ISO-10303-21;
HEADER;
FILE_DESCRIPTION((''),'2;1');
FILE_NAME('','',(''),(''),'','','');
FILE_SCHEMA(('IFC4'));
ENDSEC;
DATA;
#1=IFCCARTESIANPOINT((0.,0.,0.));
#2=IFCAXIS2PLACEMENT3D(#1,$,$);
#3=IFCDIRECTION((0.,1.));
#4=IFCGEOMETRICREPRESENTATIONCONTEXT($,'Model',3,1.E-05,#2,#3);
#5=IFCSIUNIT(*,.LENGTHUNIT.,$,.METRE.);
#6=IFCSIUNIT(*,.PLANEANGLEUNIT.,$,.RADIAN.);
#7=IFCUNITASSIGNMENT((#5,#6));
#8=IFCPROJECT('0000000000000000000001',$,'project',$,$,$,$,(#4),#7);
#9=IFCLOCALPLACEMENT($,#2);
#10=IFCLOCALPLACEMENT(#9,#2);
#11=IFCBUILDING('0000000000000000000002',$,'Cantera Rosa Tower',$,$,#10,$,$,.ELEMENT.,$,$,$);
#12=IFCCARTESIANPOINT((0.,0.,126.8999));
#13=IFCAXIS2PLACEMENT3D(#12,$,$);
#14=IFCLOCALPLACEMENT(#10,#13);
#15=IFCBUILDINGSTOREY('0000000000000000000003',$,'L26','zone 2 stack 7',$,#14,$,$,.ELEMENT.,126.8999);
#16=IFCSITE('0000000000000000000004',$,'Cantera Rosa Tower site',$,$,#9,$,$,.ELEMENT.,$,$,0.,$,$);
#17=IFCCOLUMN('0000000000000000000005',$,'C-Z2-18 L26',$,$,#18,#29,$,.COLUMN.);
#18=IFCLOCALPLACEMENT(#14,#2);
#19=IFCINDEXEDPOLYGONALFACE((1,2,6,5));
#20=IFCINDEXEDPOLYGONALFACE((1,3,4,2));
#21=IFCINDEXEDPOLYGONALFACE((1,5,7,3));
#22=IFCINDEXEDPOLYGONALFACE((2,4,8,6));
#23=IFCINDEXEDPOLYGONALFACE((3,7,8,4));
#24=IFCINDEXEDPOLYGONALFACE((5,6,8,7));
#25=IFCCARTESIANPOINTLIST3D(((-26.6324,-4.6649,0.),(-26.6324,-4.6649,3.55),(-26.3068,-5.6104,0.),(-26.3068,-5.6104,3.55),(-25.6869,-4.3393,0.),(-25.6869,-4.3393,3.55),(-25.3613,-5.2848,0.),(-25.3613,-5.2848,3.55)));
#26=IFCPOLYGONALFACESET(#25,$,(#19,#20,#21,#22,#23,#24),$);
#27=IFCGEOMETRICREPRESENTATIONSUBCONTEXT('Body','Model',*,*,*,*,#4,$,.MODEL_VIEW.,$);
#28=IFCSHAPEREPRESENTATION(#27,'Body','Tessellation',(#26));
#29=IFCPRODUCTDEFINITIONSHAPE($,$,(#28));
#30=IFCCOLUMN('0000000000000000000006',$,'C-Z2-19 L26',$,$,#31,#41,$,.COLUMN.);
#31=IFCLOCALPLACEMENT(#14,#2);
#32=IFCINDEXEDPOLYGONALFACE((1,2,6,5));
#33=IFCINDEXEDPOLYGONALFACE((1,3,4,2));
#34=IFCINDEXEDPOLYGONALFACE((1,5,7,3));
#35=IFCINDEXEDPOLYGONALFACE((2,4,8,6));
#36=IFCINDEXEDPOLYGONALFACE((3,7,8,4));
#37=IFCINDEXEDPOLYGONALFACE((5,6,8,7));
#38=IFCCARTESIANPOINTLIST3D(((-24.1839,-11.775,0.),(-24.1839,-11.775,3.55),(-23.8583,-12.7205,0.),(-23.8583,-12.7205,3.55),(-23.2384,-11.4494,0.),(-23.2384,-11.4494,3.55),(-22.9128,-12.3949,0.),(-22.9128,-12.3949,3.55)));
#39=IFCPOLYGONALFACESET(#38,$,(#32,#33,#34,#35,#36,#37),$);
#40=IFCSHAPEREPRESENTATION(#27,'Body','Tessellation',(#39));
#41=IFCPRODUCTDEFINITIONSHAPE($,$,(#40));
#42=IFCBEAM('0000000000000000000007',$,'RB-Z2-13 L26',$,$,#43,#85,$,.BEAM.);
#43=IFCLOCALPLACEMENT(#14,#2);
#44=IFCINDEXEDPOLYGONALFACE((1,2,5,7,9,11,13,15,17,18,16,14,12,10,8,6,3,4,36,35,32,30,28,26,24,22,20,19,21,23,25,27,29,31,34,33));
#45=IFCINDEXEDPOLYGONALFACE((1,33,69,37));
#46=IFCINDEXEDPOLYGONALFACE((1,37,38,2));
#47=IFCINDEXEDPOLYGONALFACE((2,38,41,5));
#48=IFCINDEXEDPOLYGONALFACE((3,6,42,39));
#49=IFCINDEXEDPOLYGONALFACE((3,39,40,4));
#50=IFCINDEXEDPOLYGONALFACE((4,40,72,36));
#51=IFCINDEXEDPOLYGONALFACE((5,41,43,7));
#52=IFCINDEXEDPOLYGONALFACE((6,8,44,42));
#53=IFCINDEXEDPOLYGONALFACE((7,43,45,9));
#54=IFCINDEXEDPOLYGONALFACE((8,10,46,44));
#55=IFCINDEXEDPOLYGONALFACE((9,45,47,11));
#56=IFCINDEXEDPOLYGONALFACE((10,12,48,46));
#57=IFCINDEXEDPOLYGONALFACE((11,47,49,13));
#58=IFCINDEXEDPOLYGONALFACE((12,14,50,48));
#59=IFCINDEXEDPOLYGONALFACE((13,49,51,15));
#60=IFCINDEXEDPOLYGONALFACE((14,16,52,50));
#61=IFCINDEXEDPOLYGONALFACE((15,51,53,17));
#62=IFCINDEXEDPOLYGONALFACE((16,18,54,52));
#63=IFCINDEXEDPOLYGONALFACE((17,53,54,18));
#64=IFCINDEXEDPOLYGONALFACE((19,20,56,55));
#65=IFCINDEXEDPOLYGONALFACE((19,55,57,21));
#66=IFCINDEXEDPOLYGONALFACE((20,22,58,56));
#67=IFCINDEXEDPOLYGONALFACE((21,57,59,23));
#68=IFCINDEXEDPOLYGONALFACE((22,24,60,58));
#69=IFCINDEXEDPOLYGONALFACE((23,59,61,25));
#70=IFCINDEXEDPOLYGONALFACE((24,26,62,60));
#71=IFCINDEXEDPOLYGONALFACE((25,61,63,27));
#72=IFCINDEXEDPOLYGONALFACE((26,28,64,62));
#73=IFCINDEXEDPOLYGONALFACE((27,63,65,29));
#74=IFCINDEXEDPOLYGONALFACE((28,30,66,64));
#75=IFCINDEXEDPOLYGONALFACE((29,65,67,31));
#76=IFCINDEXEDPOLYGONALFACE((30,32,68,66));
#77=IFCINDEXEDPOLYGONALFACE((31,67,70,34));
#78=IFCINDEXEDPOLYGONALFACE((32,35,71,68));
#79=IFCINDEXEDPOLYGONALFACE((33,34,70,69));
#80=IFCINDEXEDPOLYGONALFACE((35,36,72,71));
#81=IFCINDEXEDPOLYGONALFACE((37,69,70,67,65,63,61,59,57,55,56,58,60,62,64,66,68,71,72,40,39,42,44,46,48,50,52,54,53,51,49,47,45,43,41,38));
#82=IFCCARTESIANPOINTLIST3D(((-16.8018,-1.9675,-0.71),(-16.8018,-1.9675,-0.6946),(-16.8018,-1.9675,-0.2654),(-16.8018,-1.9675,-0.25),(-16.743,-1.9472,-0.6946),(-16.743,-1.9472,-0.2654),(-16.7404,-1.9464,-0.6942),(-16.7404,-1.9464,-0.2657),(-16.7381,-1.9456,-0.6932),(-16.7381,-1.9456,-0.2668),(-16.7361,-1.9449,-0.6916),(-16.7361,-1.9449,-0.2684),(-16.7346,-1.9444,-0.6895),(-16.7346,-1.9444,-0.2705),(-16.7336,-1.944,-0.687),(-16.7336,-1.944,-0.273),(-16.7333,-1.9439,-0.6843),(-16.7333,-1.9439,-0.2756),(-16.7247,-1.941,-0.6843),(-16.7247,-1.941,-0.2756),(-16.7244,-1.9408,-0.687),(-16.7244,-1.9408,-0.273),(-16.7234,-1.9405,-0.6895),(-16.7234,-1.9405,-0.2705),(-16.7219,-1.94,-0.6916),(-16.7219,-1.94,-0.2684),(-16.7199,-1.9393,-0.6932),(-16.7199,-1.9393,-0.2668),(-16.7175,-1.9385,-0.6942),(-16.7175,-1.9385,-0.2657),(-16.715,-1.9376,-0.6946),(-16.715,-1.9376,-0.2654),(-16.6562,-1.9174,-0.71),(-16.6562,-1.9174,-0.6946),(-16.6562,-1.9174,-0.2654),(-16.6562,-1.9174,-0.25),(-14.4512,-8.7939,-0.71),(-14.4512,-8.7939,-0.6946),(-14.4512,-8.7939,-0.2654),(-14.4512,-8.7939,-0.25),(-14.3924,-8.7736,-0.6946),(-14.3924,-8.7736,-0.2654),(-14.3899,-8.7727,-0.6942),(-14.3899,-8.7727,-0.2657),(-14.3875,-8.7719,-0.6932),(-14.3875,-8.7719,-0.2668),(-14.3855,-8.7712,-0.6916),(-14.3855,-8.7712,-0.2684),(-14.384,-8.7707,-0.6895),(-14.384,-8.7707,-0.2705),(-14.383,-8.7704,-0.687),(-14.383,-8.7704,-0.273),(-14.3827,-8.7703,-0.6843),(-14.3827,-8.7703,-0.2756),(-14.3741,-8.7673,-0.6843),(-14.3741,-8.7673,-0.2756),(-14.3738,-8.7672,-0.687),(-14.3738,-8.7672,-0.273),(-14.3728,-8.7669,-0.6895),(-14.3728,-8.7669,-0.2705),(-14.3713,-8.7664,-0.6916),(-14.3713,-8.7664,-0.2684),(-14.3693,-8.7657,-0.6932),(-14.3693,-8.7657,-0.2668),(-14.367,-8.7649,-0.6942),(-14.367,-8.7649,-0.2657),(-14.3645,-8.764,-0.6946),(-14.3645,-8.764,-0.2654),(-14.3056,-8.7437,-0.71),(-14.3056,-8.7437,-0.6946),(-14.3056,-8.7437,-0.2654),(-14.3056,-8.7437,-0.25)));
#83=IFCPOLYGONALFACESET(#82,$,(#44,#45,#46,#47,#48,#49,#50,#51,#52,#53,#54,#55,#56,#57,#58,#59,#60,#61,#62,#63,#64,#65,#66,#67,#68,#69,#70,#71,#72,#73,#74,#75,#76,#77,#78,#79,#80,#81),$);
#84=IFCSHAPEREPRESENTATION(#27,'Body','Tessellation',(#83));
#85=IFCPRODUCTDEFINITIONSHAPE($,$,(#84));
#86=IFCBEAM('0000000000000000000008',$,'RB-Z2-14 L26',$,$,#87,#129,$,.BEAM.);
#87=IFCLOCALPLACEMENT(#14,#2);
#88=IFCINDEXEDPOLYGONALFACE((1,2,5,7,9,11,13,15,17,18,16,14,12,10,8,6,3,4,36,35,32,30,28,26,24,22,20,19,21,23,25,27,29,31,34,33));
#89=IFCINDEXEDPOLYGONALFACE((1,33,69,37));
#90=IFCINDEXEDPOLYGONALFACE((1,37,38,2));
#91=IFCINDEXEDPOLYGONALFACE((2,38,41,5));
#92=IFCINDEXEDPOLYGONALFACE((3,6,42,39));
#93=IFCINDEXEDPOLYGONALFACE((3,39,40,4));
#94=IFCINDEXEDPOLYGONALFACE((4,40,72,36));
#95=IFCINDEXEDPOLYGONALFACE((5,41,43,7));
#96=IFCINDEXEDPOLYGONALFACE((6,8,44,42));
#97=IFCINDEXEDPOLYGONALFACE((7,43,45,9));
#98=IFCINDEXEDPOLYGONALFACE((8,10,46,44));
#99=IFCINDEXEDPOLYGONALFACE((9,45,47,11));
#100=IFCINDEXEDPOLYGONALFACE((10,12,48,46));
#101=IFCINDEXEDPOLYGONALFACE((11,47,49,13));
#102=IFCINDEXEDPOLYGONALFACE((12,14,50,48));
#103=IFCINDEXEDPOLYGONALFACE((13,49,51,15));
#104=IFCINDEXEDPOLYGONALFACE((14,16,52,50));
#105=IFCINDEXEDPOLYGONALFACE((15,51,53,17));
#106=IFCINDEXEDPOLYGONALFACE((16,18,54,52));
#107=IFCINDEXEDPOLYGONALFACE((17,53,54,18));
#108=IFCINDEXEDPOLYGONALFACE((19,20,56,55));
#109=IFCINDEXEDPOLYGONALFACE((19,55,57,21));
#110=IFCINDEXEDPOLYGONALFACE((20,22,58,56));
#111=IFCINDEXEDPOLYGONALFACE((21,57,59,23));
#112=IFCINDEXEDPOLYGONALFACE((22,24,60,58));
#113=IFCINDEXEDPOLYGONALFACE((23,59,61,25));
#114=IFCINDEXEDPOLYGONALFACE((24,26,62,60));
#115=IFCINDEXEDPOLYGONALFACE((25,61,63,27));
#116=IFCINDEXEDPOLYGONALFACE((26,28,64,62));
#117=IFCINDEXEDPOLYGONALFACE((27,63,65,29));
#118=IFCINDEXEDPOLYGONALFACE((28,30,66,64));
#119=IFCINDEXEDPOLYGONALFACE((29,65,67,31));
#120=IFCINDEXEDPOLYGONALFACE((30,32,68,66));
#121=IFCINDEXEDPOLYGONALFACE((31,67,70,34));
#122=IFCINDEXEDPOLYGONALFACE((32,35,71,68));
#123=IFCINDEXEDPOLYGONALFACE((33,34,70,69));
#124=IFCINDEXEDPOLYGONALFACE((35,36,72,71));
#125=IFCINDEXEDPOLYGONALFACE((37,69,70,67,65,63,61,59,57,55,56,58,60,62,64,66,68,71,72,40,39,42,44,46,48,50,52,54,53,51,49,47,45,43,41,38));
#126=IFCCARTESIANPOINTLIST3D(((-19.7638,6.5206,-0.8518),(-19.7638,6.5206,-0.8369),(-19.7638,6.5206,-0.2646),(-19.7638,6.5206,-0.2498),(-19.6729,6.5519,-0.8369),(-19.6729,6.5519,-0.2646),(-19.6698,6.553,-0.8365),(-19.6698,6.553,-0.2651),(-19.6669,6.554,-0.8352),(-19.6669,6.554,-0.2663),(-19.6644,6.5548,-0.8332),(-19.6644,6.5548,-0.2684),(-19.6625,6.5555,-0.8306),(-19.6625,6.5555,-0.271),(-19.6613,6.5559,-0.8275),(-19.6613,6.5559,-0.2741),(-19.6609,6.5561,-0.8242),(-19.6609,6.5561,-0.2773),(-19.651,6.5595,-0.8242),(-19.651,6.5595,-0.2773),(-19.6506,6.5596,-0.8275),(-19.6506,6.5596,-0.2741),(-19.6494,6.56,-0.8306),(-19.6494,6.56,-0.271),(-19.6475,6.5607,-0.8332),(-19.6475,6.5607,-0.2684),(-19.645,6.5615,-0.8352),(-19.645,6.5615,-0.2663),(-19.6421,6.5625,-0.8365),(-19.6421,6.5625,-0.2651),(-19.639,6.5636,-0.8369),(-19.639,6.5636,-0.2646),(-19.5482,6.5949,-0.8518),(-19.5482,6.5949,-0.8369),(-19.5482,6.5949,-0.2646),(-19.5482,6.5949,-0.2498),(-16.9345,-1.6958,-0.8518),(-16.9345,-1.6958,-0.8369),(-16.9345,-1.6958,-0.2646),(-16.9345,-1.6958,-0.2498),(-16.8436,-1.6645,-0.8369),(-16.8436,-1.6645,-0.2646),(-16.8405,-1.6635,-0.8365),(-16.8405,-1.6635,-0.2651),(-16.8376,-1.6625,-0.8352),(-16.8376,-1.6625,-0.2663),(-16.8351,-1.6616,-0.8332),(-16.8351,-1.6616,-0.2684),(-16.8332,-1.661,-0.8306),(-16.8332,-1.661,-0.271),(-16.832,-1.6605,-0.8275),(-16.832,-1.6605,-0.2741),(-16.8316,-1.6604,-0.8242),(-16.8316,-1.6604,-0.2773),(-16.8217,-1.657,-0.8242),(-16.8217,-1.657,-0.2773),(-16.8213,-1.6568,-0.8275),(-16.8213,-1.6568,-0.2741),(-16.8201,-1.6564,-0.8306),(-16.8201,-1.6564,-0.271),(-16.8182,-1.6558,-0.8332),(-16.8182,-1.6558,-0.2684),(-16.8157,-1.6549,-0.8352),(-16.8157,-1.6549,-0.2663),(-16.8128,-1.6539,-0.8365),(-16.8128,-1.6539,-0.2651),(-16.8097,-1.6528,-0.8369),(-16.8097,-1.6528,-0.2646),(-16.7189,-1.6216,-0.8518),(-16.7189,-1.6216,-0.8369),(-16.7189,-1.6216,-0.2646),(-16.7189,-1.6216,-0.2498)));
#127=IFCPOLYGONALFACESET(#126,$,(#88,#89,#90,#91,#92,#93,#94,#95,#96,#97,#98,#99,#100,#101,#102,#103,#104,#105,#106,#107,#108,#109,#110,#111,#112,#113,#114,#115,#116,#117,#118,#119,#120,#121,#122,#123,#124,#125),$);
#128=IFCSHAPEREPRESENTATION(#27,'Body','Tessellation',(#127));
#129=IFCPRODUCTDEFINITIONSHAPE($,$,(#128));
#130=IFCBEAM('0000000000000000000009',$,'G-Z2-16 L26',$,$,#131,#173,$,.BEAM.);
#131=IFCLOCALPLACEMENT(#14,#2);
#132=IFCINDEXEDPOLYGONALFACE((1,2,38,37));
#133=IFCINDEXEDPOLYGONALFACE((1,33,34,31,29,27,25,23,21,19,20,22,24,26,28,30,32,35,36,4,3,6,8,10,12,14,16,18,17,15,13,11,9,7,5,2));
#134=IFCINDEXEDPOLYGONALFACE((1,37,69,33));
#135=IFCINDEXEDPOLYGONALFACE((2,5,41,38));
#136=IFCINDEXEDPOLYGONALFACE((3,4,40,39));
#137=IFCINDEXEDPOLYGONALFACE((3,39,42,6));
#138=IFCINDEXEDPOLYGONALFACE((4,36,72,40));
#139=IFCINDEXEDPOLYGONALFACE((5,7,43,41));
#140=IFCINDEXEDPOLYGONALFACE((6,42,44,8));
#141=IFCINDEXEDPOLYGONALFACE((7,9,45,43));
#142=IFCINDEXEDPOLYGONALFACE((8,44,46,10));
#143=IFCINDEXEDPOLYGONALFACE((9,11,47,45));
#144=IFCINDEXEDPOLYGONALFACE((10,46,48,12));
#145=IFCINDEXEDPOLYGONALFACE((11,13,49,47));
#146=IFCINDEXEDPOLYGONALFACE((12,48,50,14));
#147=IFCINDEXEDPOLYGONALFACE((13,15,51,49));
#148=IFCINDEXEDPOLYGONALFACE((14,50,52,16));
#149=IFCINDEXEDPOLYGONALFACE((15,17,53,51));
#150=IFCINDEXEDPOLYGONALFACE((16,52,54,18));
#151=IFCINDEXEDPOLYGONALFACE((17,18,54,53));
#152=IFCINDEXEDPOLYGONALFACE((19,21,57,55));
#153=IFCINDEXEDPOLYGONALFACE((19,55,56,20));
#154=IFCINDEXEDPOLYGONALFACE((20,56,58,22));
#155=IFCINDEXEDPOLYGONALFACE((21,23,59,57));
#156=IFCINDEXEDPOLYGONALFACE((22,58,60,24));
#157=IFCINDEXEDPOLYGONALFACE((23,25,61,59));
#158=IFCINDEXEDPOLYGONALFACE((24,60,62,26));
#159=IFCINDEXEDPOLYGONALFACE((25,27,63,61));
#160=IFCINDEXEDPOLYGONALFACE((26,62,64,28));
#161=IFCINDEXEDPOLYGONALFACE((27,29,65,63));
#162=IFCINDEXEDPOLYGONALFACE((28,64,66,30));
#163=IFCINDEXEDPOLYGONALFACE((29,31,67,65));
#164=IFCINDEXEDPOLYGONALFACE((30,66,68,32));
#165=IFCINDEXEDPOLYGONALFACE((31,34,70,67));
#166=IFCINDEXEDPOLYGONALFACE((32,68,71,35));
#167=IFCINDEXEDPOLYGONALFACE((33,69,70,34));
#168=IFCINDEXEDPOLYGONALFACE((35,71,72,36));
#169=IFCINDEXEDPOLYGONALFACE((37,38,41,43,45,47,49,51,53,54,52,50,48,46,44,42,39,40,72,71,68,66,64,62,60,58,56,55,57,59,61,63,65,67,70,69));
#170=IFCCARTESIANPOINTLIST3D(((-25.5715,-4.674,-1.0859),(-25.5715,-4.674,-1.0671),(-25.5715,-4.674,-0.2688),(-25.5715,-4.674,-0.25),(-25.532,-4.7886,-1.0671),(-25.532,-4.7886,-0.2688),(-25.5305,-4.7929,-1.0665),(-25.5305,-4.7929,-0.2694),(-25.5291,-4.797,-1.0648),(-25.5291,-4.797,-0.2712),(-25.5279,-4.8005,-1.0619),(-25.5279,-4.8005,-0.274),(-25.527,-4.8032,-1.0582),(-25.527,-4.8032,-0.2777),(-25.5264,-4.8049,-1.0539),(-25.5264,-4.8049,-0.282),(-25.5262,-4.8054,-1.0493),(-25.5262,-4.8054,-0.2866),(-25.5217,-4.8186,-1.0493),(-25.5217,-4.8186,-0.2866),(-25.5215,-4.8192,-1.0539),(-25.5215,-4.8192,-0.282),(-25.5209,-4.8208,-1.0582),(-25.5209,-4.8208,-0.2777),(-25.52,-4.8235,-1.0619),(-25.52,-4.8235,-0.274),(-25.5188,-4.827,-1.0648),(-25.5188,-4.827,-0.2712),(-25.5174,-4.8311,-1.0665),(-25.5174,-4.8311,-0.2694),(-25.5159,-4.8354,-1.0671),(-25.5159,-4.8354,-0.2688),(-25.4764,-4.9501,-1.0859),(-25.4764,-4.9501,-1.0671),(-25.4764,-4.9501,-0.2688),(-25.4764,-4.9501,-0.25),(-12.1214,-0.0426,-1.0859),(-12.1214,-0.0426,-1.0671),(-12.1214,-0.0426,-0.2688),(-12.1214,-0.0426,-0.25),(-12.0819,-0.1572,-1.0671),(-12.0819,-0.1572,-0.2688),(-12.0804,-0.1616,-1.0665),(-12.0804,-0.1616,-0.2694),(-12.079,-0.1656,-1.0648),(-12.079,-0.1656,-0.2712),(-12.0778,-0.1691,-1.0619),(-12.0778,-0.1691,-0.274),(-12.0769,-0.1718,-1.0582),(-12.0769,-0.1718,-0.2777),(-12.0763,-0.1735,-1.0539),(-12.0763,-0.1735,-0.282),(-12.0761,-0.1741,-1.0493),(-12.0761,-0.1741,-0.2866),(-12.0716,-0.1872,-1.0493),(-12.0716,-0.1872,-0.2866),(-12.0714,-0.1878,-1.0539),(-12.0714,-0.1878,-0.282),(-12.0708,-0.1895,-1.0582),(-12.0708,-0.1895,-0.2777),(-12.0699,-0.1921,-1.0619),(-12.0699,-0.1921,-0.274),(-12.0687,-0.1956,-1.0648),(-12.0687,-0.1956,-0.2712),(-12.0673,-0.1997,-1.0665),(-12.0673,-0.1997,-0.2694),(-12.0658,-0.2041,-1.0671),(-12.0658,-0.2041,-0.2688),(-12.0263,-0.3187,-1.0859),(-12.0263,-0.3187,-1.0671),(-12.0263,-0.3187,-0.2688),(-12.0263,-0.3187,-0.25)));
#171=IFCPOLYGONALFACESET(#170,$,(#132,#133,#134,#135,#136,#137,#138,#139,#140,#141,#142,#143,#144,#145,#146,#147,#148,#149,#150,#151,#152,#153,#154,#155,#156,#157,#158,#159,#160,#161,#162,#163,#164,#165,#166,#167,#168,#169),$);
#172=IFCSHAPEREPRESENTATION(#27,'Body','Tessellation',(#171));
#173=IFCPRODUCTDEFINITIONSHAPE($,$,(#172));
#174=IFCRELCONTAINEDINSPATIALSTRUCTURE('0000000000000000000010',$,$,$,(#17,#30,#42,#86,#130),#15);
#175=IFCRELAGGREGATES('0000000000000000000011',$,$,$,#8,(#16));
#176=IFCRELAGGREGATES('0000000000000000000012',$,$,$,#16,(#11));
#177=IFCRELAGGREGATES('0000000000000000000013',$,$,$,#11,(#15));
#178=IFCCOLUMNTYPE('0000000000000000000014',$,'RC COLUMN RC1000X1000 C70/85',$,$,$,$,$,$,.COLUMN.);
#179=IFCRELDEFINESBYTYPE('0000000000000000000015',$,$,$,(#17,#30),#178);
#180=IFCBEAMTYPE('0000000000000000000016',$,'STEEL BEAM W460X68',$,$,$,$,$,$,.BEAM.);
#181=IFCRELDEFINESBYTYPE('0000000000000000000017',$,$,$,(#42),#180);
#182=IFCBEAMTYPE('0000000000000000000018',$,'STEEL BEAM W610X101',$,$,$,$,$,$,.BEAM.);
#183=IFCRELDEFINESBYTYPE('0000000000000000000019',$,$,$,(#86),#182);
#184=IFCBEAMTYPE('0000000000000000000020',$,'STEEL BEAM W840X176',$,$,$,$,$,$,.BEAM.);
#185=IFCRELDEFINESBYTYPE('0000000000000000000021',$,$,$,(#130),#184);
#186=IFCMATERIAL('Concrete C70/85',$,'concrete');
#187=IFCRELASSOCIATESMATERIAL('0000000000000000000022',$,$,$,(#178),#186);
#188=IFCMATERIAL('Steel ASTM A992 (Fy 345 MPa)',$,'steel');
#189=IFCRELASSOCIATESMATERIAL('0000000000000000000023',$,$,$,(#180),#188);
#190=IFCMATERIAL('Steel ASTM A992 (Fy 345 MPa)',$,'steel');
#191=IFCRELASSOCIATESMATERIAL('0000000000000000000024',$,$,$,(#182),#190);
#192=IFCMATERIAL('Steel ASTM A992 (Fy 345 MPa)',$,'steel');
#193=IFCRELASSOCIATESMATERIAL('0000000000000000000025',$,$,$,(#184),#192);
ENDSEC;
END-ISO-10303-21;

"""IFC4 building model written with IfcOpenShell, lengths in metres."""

from ifc_helpers import new_model, si_unit, direction, frame, origin, origin_2d, place, context, subcontext, project, spatial, rectangle, i_section, extrude, material, material_profile, profile_set, type_object, element, save


model = new_model("IFC4")

# Units and contexts
model_context = context("Model", 3, precision=1e-05, world=origin(), true_north=direction((0.0, 1.0)))
body_context = subcontext(model_context, "Body", "Model", "MODEL_VIEW")
ifc_project = project(units=[si_unit("LENGTHUNIT", "METRE"), si_unit("PLANEANGLEUNIT", "RADIAN")], contexts=[model_context])

# Site, building, storey
site_placement = place(None, origin())
site = spatial("IfcSite", under=ifc_project, at=site_placement, Name="Cantera Rosa Tower site", CompositionType="ELEMENT", RefElevation=0.0)
building_placement = place(site_placement, origin())
building = spatial("IfcBuilding", under=site, at=building_placement, Name="Cantera Rosa Tower", CompositionType="ELEMENT")
storey_placement = place(building_placement, frame((0.0, 0.0, 126.8999)))
storey = spatial("IfcBuildingStorey", under=building, at=storey_placement, Name="L26", Description="zone 2 stack 7", CompositionType="ELEMENT", Elevation=126.8999)

# Columns
ifc_material_1 = material(Name="Concrete C70/85", Category="concrete")
ifc_material_profile_1 = material_profile(ifc_material_1, rectangle(XDim=1.0, YDim=1.0, at=origin_2d()), Name="RC COLUMN RC1000X1000 C70/85")
ifc_profile_set_1 = profile_set([ifc_material_profile_1], Name="Concrete C70/85")
column_type = type_object("IfcColumnType", Name="RC COLUMN RC1000X1000 C70/85", PredefinedType="COLUMN", material=ifc_profile_set_1)
for number, where, z_axis, x_axis, name in (
    (1, (-25.9968, -4.9749, 0.0), (0.0, 0.0, 1.0), (0.945519, 0.325568, 0.0), "C-Z2-18 L26"),
    (2, (-23.5483, -12.085, 0.0), (0.0, 0.0, 1.0), (0.945519, 0.325568, 0.0), "C-Z2-19 L26"),
):
    element("IfcColumn", number, at=place(storey_placement, frame(where, z_axis=z_axis, x_axis=x_axis)), inside=storey, type_object=column_type, Name=name, PredefinedType="COLUMN", context=body_context, shape_type="SweptSolid", body=[
        extrude(rectangle(XDim=1.0, YDim=1.0, at=origin_2d()), origin(), (0.0, 0.0, 1.0), 3.55),
    ])

# Beams
ifc_material_2 = material(Name="Steel ASTM A992 (Fy 345 MPa)", Category="steel")
ifc_material_profile_2 = material_profile(ifc_material_2, i_section(OverallWidth=0.1541, OverallDepth=0.46, WebThickness=0.009, FlangeThickness=0.0154, FilletRadius=0.0103, at=origin_2d()), Name="W460X68")
ifc_profile_set_2 = profile_set([ifc_material_profile_2], Name="Steel ASTM A992 (Fy 345 MPa)")
beam_type_1 = type_object("IfcBeamType", Name="STEEL BEAM W460X68", PredefinedType="BEAM", material=ifc_profile_set_2)
beam_1_placement = place(storey_placement, frame((-14.3784, -8.7688, -0.48), z_axis=(-0.325576, 0.945516, 0.0), x_axis=(-0.945516, -0.325576, 0.0)))
element("IfcBeam", 3, at=beam_1_placement, inside=storey, type_object=beam_type_1, Name="RB-Z2-13 L26", PredefinedType="BEAM", context=body_context, shape_type="SweptSolid", body=[
    extrude(i_section(OverallWidth=0.1541, OverallDepth=0.46, WebThickness=0.009, FlangeThickness=0.0154, FilletRadius=0.0103, at=origin_2d()), origin(), (0.0, 0.0, 1.0), 7.2197),
])
ifc_material_3 = material(Name="Steel ASTM A992 (Fy 345 MPa)", Category="steel")
ifc_material_profile_3 = material_profile(ifc_material_3, i_section(OverallWidth=0.228, OverallDepth=0.6021, WebThickness=0.0105, FlangeThickness=0.0149, FilletRadius=0.0127, at=origin_2d()), Name="W610X101")
ifc_profile_set_3 = profile_set([ifc_material_profile_3], Name="Steel ASTM A992 (Fy 345 MPa)")
beam_type_2 = type_object("IfcBeamType", Name="STEEL BEAM W610X101", PredefinedType="BEAM", material=ifc_profile_set_3)
beam_2_placement = place(storey_placement, frame((-16.8267, -1.6587, -0.5508), z_axis=(-0.325585, 0.945513, 0.0), x_axis=(-0.945513, -0.325585, 0.0)))
element("IfcBeam", 4, at=beam_2_placement, inside=storey, type_object=beam_type_2, Name="RB-Z2-14 L26", PredefinedType="BEAM", context=body_context, shape_type="SweptSolid", body=[
    extrude(i_section(OverallWidth=0.228, OverallDepth=0.6021, WebThickness=0.0105, FlangeThickness=0.0149, FilletRadius=0.0127, at=origin_2d()), origin(), (0.0, 0.0, 1.0), 8.6899),
])
ifc_material_4 = material(Name="Steel ASTM A992 (Fy 345 MPa)", Category="steel")
ifc_material_profile_4 = material_profile(ifc_material_4, i_section(OverallWidth=0.292, OverallDepth=0.8359, WebThickness=0.0139, FlangeThickness=0.0188, FilletRadius=0.0178, at=origin_2d()), Name="W840X176")
ifc_profile_set_4 = profile_set([ifc_material_profile_4], Name="Steel ASTM A992 (Fy 345 MPa)")
beam_type_3 = type_object("IfcBeamType", Name="STEEL BEAM W840X176", PredefinedType="BEAM", material=ifc_profile_set_4)
beam_3_placement = place(storey_placement, frame((-25.5239, -4.812, -0.668), z_axis=(0.945515, 0.325578, 0.0), x_axis=(-0.325578, 0.945515, 0.0)))
element("IfcBeam", 5, at=beam_3_placement, inside=storey, type_object=beam_type_3, Name="G-Z2-16 L26", PredefinedType="BEAM", context=body_context, shape_type="SweptSolid", body=[
    extrude(i_section(OverallWidth=0.292, OverallDepth=0.8359, WebThickness=0.0139, FlangeThickness=0.0188, FilletRadius=0.0178, at=origin_2d()), origin(), (0.0, 0.0, 1.0), 14.2251),
])

save(model, "model.ifc")
